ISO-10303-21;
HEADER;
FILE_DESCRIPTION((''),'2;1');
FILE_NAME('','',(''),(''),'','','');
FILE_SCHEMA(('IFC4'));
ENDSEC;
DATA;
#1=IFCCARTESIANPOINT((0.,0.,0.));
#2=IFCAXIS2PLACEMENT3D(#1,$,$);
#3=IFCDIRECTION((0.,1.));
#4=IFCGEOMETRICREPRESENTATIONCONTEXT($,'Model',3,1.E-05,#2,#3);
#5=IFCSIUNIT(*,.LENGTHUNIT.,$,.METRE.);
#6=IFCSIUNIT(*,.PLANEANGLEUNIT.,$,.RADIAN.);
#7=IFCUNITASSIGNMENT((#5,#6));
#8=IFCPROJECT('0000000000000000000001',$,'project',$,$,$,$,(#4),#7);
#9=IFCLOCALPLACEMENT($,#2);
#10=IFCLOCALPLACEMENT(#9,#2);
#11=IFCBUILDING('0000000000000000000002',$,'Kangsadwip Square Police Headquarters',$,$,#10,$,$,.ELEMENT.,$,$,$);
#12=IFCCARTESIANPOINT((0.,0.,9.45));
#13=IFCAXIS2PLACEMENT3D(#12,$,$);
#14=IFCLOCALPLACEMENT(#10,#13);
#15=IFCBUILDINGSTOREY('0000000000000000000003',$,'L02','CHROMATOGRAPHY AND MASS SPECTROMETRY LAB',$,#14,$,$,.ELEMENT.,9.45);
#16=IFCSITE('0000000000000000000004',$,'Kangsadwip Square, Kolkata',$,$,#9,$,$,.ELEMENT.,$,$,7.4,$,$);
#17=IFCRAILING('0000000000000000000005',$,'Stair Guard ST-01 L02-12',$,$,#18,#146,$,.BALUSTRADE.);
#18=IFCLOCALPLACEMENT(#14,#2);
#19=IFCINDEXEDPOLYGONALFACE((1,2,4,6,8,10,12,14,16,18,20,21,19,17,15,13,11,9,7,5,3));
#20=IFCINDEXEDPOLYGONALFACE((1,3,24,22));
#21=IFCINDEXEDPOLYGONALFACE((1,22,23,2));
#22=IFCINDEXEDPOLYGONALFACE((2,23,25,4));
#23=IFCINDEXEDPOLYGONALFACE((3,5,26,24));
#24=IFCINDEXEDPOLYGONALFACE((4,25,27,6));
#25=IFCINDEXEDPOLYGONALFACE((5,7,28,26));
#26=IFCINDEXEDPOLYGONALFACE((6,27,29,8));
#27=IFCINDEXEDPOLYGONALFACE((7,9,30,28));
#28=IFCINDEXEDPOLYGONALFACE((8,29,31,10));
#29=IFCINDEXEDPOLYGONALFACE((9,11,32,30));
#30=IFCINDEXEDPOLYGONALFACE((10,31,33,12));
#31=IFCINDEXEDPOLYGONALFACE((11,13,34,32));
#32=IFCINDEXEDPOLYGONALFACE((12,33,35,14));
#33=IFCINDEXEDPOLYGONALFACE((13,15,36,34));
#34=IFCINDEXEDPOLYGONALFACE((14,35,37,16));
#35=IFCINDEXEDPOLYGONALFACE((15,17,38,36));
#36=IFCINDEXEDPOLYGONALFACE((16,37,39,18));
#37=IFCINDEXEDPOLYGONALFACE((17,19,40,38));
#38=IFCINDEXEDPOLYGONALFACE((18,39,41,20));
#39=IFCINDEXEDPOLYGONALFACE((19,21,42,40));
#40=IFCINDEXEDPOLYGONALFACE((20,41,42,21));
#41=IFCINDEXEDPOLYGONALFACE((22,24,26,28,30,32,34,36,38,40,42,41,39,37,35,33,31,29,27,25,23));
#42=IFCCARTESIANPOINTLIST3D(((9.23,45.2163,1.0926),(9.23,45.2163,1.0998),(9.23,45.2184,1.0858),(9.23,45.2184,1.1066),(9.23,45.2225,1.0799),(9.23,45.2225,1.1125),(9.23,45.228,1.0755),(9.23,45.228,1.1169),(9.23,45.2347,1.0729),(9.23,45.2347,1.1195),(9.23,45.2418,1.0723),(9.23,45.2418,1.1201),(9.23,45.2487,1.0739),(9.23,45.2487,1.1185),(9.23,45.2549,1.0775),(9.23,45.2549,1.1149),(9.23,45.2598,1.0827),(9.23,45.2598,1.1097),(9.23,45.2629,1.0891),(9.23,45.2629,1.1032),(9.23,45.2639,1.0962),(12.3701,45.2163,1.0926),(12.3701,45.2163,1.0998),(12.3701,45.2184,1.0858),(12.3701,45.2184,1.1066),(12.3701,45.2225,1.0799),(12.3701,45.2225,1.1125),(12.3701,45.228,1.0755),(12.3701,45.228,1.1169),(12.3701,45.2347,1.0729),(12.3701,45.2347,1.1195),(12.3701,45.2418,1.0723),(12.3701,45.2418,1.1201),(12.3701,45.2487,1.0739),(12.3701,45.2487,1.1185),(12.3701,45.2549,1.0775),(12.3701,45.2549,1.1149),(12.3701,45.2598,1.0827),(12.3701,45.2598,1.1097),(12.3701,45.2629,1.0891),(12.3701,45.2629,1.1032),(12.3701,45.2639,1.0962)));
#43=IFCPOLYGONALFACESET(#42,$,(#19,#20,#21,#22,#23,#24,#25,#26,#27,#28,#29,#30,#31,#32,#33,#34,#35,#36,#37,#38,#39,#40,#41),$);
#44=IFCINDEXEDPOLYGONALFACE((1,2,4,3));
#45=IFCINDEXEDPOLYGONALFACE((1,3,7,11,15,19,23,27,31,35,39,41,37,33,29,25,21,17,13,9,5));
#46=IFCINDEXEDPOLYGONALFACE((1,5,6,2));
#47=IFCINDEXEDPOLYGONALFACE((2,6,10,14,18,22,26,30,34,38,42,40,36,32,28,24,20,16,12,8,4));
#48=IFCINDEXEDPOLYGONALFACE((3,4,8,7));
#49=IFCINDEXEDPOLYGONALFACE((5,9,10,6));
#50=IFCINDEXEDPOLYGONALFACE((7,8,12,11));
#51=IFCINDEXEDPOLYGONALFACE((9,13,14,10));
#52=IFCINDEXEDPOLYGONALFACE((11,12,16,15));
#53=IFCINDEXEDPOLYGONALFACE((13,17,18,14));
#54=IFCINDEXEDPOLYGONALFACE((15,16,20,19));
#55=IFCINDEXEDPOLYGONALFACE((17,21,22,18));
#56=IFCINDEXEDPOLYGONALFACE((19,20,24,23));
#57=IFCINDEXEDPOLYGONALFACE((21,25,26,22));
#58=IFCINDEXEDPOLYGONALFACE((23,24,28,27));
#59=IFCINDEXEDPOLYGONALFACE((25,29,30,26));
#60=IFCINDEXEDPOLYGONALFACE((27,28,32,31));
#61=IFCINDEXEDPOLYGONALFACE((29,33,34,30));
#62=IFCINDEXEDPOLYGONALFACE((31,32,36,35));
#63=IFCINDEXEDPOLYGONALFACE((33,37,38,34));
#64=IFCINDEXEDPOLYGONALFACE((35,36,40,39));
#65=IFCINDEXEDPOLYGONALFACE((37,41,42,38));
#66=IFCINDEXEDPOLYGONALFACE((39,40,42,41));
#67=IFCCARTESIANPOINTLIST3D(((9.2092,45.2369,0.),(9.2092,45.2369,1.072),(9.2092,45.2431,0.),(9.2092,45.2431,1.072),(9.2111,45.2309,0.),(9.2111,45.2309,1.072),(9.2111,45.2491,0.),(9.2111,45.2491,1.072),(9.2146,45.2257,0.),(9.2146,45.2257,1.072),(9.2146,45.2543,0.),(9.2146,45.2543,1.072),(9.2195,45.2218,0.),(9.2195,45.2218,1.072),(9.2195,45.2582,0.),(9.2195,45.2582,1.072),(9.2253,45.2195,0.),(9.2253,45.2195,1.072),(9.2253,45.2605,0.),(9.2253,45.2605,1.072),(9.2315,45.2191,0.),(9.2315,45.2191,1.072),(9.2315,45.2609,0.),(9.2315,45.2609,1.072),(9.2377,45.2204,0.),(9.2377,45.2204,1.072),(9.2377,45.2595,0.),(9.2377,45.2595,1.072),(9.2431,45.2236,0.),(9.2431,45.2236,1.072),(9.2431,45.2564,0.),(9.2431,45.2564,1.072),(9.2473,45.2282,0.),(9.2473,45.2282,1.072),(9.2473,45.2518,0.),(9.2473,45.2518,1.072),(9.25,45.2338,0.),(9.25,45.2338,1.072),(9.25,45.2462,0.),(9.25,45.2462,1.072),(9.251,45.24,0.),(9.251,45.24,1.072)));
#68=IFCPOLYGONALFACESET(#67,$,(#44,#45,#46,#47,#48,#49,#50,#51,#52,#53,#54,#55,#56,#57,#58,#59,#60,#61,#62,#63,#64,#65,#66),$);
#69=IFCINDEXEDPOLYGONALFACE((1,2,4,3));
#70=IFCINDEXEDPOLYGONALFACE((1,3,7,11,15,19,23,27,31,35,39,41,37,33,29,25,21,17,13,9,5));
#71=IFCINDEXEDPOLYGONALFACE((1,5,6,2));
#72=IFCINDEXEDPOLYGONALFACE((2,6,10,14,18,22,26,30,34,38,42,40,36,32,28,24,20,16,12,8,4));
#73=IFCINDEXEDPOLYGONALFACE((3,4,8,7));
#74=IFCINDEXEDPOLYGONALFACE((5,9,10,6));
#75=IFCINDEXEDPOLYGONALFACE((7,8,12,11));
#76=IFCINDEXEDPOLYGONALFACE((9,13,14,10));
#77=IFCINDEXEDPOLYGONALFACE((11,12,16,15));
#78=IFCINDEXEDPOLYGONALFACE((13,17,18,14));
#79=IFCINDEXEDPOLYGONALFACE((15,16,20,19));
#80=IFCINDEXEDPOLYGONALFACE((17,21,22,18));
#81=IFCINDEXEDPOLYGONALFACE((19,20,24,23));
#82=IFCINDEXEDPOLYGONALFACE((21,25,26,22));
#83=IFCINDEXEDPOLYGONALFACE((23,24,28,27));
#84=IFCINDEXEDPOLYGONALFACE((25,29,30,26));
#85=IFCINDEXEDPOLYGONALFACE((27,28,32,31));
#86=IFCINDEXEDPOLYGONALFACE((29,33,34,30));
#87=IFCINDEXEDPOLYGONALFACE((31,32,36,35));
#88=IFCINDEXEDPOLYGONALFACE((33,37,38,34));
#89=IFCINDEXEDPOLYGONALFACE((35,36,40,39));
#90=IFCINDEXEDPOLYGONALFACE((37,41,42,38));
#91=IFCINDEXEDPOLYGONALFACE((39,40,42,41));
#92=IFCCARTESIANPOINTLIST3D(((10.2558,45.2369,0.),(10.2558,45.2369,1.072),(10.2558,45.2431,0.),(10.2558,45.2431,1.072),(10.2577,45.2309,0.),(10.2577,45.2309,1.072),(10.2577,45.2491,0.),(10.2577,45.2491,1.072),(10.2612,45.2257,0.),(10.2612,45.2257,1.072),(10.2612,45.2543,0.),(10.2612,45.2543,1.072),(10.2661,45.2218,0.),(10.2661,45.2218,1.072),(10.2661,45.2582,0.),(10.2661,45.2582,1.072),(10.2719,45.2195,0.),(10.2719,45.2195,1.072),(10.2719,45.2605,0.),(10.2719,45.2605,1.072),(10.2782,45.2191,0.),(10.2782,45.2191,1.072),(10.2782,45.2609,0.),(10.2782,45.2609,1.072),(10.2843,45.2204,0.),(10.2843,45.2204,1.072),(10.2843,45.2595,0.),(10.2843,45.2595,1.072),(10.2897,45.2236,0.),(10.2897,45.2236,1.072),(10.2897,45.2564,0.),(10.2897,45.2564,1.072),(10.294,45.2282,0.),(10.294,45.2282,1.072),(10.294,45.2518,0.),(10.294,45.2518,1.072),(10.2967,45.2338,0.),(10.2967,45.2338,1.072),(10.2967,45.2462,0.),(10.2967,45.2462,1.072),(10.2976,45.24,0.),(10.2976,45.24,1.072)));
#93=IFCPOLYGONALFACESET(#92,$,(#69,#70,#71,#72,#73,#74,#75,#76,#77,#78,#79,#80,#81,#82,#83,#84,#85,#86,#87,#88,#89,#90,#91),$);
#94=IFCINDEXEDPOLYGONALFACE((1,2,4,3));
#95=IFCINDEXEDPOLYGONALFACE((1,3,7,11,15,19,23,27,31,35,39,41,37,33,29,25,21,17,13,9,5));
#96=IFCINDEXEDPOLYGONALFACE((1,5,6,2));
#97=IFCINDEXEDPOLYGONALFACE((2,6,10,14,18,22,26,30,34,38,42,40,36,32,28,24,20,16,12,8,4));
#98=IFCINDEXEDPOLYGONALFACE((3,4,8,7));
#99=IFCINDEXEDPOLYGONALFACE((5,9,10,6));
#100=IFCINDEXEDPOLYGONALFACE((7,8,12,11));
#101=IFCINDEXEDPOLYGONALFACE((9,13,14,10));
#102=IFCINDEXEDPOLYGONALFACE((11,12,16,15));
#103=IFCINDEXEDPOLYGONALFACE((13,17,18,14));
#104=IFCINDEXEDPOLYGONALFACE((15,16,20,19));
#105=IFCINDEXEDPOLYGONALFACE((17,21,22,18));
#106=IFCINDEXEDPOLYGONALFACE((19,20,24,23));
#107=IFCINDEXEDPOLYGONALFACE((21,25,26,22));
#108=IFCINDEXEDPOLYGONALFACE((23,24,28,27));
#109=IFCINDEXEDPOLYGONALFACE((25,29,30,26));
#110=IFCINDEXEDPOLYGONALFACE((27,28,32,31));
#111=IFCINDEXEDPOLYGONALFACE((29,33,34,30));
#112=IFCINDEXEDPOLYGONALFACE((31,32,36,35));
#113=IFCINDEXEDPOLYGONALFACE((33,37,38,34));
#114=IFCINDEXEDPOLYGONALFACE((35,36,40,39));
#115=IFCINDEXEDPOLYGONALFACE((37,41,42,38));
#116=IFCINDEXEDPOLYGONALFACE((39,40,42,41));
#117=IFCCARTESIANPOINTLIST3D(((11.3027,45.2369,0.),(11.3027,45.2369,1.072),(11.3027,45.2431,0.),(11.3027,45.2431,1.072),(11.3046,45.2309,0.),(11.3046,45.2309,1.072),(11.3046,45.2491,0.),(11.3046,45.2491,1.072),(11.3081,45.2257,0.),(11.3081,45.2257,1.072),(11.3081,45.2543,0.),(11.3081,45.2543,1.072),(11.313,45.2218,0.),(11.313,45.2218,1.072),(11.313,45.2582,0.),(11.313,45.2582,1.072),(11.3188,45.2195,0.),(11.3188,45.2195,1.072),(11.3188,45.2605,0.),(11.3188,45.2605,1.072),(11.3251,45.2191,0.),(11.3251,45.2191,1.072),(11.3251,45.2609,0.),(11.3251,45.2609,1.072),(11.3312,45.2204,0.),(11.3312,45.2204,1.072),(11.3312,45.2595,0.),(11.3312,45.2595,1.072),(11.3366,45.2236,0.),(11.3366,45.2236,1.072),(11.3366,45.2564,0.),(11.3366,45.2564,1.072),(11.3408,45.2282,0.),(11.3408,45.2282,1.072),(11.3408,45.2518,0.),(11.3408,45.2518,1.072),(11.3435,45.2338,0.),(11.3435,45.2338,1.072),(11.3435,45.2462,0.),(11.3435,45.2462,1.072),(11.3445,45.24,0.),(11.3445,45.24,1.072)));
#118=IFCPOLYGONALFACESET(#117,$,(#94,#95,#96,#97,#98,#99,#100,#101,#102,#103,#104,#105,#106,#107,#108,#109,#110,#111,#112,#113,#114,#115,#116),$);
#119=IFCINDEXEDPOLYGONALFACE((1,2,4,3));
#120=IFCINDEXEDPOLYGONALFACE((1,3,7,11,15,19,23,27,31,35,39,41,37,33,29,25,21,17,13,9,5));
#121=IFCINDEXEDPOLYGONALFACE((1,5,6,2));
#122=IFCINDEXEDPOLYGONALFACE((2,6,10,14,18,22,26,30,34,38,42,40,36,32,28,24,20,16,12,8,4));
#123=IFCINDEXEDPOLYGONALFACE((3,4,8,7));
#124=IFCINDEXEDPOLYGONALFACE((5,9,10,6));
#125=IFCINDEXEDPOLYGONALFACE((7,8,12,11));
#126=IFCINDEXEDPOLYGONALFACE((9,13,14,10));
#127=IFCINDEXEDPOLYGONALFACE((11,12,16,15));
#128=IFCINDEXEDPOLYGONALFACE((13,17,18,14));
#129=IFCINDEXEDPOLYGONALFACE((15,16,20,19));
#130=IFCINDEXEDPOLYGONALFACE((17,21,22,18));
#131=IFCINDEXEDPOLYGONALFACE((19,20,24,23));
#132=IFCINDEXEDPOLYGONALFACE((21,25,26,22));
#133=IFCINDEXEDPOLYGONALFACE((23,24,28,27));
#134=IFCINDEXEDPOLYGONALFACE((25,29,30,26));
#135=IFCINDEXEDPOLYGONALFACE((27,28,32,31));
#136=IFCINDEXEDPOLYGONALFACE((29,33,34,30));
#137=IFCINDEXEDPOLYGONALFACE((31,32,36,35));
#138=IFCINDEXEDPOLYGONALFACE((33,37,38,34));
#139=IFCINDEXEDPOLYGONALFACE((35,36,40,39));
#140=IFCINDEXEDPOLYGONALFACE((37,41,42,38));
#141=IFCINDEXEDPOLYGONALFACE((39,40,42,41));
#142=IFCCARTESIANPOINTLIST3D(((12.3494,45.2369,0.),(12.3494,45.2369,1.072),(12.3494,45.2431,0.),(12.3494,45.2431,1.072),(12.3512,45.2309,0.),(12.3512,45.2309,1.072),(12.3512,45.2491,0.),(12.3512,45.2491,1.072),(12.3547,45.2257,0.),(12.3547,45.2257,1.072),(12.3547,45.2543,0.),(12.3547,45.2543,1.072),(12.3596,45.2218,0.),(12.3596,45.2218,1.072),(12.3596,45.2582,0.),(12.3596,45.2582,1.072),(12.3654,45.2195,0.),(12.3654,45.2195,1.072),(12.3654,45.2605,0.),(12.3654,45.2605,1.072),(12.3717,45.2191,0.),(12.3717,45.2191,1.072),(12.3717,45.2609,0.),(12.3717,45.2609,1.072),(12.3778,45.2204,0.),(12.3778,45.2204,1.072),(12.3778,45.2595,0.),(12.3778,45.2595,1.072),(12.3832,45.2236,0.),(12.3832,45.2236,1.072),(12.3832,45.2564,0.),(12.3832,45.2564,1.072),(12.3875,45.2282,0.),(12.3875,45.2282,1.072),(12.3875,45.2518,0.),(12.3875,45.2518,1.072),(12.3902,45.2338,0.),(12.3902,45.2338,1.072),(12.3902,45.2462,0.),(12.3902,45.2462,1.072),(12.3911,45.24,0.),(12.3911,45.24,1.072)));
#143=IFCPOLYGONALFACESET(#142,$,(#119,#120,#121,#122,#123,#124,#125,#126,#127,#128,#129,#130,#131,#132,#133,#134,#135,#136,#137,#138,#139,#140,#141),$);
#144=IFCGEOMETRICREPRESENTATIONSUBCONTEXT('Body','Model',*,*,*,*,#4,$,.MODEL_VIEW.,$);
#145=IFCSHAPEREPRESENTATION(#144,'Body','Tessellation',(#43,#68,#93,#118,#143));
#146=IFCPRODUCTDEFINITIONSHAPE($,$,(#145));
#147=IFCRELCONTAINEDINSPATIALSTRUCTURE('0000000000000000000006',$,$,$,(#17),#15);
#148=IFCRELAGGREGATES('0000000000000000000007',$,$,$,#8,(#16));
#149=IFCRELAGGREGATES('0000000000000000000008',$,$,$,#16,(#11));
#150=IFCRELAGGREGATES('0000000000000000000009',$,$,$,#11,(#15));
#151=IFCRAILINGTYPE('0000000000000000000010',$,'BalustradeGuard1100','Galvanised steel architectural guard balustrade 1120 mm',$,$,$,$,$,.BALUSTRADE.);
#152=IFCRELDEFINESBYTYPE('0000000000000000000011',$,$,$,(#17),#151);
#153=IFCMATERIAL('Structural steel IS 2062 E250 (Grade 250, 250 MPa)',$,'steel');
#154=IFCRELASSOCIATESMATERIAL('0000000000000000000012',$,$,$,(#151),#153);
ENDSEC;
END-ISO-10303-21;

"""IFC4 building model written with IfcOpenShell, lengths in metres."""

from ifc_helpers import new_model, si_unit, direction, frame, origin, origin_2d, place, context, subcontext, project, spatial, circle, extrude, material, type_object, element, save


model = new_model("IFC4")

# Units and contexts
model_context = context("Model", 3, precision=1e-05, world=origin(), true_north=direction((0.0, 1.0)))
body_context = subcontext(model_context, "Body", "Model", "MODEL_VIEW")
ifc_project = project(units=[si_unit("LENGTHUNIT", "METRE"), si_unit("PLANEANGLEUNIT", "RADIAN")], contexts=[model_context])

# Site, building, storey
site_placement = place(None, origin())
site = spatial("IfcSite", under=ifc_project, at=site_placement, Name="Kangsadwip Square, Kolkata", CompositionType="ELEMENT", RefElevation=7.4)
building_placement = place(site_placement, origin())
building = spatial("IfcBuilding", under=site, at=building_placement, Name="Kangsadwip Square Police Headquarters", CompositionType="ELEMENT")
storey_placement = place(building_placement, frame((0.0, 0.0, 9.45)))
storey = spatial("IfcBuildingStorey", under=building, at=storey_placement, Name="L02", Description="CHROMATOGRAPHY AND MASS SPECTROMETRY LAB", CompositionType="ELEMENT", Elevation=9.45)

# Railing
ifc_material_1 = material(Name="Structural steel IS 2062 E250 (Grade 250, 250 MPa)", Category="steel")
railing_type = type_object("IfcRailingType", Name="BalustradeGuard1100", Description="Galvanised steel architectural guard balustrade 1120 mm", PredefinedType="BALUSTRADE", material=ifc_material_1)
for number, where, name in (
    (1, (9.23, 45.24, 0.0), "Stair Guard ST-01 L02-12"),
):
    element("IfcRailing", number, at=place(storey_placement, frame(where)), inside=storey, type_object=railing_type, Name=name, PredefinedType="BALUSTRADE", context=body_context, shape_type="SweptSolid", body=[
        extrude(circle(Radius=0.0239, at=origin_2d()), frame((0.0, 0.0, 1.0962), z_axis=(1.0, 0.0, 0.0), x_axis=(0.0, 1.0, 0.0)), (0.0, 0.0, 1.0), 3.1401),
        extrude(circle(Radius=0.021, at=origin_2d()), origin(), (0.0, 0.0, 1.0), 1.072),
        extrude(circle(Radius=0.021, at=origin_2d()), frame((1.0466, 0.0, 0.0)), (0.0, 0.0, 1.0), 1.072),
        extrude(circle(Radius=0.021, at=origin_2d()), frame((2.0935, 0.0, 0.0)), (0.0, 0.0, 1.0), 1.072),
        extrude(circle(Radius=0.021, at=origin_2d()), frame((3.1401, 0.0, 0.0)), (0.0, 0.0, 1.0), 1.072),
    ])

save(model, "model.ifc")
